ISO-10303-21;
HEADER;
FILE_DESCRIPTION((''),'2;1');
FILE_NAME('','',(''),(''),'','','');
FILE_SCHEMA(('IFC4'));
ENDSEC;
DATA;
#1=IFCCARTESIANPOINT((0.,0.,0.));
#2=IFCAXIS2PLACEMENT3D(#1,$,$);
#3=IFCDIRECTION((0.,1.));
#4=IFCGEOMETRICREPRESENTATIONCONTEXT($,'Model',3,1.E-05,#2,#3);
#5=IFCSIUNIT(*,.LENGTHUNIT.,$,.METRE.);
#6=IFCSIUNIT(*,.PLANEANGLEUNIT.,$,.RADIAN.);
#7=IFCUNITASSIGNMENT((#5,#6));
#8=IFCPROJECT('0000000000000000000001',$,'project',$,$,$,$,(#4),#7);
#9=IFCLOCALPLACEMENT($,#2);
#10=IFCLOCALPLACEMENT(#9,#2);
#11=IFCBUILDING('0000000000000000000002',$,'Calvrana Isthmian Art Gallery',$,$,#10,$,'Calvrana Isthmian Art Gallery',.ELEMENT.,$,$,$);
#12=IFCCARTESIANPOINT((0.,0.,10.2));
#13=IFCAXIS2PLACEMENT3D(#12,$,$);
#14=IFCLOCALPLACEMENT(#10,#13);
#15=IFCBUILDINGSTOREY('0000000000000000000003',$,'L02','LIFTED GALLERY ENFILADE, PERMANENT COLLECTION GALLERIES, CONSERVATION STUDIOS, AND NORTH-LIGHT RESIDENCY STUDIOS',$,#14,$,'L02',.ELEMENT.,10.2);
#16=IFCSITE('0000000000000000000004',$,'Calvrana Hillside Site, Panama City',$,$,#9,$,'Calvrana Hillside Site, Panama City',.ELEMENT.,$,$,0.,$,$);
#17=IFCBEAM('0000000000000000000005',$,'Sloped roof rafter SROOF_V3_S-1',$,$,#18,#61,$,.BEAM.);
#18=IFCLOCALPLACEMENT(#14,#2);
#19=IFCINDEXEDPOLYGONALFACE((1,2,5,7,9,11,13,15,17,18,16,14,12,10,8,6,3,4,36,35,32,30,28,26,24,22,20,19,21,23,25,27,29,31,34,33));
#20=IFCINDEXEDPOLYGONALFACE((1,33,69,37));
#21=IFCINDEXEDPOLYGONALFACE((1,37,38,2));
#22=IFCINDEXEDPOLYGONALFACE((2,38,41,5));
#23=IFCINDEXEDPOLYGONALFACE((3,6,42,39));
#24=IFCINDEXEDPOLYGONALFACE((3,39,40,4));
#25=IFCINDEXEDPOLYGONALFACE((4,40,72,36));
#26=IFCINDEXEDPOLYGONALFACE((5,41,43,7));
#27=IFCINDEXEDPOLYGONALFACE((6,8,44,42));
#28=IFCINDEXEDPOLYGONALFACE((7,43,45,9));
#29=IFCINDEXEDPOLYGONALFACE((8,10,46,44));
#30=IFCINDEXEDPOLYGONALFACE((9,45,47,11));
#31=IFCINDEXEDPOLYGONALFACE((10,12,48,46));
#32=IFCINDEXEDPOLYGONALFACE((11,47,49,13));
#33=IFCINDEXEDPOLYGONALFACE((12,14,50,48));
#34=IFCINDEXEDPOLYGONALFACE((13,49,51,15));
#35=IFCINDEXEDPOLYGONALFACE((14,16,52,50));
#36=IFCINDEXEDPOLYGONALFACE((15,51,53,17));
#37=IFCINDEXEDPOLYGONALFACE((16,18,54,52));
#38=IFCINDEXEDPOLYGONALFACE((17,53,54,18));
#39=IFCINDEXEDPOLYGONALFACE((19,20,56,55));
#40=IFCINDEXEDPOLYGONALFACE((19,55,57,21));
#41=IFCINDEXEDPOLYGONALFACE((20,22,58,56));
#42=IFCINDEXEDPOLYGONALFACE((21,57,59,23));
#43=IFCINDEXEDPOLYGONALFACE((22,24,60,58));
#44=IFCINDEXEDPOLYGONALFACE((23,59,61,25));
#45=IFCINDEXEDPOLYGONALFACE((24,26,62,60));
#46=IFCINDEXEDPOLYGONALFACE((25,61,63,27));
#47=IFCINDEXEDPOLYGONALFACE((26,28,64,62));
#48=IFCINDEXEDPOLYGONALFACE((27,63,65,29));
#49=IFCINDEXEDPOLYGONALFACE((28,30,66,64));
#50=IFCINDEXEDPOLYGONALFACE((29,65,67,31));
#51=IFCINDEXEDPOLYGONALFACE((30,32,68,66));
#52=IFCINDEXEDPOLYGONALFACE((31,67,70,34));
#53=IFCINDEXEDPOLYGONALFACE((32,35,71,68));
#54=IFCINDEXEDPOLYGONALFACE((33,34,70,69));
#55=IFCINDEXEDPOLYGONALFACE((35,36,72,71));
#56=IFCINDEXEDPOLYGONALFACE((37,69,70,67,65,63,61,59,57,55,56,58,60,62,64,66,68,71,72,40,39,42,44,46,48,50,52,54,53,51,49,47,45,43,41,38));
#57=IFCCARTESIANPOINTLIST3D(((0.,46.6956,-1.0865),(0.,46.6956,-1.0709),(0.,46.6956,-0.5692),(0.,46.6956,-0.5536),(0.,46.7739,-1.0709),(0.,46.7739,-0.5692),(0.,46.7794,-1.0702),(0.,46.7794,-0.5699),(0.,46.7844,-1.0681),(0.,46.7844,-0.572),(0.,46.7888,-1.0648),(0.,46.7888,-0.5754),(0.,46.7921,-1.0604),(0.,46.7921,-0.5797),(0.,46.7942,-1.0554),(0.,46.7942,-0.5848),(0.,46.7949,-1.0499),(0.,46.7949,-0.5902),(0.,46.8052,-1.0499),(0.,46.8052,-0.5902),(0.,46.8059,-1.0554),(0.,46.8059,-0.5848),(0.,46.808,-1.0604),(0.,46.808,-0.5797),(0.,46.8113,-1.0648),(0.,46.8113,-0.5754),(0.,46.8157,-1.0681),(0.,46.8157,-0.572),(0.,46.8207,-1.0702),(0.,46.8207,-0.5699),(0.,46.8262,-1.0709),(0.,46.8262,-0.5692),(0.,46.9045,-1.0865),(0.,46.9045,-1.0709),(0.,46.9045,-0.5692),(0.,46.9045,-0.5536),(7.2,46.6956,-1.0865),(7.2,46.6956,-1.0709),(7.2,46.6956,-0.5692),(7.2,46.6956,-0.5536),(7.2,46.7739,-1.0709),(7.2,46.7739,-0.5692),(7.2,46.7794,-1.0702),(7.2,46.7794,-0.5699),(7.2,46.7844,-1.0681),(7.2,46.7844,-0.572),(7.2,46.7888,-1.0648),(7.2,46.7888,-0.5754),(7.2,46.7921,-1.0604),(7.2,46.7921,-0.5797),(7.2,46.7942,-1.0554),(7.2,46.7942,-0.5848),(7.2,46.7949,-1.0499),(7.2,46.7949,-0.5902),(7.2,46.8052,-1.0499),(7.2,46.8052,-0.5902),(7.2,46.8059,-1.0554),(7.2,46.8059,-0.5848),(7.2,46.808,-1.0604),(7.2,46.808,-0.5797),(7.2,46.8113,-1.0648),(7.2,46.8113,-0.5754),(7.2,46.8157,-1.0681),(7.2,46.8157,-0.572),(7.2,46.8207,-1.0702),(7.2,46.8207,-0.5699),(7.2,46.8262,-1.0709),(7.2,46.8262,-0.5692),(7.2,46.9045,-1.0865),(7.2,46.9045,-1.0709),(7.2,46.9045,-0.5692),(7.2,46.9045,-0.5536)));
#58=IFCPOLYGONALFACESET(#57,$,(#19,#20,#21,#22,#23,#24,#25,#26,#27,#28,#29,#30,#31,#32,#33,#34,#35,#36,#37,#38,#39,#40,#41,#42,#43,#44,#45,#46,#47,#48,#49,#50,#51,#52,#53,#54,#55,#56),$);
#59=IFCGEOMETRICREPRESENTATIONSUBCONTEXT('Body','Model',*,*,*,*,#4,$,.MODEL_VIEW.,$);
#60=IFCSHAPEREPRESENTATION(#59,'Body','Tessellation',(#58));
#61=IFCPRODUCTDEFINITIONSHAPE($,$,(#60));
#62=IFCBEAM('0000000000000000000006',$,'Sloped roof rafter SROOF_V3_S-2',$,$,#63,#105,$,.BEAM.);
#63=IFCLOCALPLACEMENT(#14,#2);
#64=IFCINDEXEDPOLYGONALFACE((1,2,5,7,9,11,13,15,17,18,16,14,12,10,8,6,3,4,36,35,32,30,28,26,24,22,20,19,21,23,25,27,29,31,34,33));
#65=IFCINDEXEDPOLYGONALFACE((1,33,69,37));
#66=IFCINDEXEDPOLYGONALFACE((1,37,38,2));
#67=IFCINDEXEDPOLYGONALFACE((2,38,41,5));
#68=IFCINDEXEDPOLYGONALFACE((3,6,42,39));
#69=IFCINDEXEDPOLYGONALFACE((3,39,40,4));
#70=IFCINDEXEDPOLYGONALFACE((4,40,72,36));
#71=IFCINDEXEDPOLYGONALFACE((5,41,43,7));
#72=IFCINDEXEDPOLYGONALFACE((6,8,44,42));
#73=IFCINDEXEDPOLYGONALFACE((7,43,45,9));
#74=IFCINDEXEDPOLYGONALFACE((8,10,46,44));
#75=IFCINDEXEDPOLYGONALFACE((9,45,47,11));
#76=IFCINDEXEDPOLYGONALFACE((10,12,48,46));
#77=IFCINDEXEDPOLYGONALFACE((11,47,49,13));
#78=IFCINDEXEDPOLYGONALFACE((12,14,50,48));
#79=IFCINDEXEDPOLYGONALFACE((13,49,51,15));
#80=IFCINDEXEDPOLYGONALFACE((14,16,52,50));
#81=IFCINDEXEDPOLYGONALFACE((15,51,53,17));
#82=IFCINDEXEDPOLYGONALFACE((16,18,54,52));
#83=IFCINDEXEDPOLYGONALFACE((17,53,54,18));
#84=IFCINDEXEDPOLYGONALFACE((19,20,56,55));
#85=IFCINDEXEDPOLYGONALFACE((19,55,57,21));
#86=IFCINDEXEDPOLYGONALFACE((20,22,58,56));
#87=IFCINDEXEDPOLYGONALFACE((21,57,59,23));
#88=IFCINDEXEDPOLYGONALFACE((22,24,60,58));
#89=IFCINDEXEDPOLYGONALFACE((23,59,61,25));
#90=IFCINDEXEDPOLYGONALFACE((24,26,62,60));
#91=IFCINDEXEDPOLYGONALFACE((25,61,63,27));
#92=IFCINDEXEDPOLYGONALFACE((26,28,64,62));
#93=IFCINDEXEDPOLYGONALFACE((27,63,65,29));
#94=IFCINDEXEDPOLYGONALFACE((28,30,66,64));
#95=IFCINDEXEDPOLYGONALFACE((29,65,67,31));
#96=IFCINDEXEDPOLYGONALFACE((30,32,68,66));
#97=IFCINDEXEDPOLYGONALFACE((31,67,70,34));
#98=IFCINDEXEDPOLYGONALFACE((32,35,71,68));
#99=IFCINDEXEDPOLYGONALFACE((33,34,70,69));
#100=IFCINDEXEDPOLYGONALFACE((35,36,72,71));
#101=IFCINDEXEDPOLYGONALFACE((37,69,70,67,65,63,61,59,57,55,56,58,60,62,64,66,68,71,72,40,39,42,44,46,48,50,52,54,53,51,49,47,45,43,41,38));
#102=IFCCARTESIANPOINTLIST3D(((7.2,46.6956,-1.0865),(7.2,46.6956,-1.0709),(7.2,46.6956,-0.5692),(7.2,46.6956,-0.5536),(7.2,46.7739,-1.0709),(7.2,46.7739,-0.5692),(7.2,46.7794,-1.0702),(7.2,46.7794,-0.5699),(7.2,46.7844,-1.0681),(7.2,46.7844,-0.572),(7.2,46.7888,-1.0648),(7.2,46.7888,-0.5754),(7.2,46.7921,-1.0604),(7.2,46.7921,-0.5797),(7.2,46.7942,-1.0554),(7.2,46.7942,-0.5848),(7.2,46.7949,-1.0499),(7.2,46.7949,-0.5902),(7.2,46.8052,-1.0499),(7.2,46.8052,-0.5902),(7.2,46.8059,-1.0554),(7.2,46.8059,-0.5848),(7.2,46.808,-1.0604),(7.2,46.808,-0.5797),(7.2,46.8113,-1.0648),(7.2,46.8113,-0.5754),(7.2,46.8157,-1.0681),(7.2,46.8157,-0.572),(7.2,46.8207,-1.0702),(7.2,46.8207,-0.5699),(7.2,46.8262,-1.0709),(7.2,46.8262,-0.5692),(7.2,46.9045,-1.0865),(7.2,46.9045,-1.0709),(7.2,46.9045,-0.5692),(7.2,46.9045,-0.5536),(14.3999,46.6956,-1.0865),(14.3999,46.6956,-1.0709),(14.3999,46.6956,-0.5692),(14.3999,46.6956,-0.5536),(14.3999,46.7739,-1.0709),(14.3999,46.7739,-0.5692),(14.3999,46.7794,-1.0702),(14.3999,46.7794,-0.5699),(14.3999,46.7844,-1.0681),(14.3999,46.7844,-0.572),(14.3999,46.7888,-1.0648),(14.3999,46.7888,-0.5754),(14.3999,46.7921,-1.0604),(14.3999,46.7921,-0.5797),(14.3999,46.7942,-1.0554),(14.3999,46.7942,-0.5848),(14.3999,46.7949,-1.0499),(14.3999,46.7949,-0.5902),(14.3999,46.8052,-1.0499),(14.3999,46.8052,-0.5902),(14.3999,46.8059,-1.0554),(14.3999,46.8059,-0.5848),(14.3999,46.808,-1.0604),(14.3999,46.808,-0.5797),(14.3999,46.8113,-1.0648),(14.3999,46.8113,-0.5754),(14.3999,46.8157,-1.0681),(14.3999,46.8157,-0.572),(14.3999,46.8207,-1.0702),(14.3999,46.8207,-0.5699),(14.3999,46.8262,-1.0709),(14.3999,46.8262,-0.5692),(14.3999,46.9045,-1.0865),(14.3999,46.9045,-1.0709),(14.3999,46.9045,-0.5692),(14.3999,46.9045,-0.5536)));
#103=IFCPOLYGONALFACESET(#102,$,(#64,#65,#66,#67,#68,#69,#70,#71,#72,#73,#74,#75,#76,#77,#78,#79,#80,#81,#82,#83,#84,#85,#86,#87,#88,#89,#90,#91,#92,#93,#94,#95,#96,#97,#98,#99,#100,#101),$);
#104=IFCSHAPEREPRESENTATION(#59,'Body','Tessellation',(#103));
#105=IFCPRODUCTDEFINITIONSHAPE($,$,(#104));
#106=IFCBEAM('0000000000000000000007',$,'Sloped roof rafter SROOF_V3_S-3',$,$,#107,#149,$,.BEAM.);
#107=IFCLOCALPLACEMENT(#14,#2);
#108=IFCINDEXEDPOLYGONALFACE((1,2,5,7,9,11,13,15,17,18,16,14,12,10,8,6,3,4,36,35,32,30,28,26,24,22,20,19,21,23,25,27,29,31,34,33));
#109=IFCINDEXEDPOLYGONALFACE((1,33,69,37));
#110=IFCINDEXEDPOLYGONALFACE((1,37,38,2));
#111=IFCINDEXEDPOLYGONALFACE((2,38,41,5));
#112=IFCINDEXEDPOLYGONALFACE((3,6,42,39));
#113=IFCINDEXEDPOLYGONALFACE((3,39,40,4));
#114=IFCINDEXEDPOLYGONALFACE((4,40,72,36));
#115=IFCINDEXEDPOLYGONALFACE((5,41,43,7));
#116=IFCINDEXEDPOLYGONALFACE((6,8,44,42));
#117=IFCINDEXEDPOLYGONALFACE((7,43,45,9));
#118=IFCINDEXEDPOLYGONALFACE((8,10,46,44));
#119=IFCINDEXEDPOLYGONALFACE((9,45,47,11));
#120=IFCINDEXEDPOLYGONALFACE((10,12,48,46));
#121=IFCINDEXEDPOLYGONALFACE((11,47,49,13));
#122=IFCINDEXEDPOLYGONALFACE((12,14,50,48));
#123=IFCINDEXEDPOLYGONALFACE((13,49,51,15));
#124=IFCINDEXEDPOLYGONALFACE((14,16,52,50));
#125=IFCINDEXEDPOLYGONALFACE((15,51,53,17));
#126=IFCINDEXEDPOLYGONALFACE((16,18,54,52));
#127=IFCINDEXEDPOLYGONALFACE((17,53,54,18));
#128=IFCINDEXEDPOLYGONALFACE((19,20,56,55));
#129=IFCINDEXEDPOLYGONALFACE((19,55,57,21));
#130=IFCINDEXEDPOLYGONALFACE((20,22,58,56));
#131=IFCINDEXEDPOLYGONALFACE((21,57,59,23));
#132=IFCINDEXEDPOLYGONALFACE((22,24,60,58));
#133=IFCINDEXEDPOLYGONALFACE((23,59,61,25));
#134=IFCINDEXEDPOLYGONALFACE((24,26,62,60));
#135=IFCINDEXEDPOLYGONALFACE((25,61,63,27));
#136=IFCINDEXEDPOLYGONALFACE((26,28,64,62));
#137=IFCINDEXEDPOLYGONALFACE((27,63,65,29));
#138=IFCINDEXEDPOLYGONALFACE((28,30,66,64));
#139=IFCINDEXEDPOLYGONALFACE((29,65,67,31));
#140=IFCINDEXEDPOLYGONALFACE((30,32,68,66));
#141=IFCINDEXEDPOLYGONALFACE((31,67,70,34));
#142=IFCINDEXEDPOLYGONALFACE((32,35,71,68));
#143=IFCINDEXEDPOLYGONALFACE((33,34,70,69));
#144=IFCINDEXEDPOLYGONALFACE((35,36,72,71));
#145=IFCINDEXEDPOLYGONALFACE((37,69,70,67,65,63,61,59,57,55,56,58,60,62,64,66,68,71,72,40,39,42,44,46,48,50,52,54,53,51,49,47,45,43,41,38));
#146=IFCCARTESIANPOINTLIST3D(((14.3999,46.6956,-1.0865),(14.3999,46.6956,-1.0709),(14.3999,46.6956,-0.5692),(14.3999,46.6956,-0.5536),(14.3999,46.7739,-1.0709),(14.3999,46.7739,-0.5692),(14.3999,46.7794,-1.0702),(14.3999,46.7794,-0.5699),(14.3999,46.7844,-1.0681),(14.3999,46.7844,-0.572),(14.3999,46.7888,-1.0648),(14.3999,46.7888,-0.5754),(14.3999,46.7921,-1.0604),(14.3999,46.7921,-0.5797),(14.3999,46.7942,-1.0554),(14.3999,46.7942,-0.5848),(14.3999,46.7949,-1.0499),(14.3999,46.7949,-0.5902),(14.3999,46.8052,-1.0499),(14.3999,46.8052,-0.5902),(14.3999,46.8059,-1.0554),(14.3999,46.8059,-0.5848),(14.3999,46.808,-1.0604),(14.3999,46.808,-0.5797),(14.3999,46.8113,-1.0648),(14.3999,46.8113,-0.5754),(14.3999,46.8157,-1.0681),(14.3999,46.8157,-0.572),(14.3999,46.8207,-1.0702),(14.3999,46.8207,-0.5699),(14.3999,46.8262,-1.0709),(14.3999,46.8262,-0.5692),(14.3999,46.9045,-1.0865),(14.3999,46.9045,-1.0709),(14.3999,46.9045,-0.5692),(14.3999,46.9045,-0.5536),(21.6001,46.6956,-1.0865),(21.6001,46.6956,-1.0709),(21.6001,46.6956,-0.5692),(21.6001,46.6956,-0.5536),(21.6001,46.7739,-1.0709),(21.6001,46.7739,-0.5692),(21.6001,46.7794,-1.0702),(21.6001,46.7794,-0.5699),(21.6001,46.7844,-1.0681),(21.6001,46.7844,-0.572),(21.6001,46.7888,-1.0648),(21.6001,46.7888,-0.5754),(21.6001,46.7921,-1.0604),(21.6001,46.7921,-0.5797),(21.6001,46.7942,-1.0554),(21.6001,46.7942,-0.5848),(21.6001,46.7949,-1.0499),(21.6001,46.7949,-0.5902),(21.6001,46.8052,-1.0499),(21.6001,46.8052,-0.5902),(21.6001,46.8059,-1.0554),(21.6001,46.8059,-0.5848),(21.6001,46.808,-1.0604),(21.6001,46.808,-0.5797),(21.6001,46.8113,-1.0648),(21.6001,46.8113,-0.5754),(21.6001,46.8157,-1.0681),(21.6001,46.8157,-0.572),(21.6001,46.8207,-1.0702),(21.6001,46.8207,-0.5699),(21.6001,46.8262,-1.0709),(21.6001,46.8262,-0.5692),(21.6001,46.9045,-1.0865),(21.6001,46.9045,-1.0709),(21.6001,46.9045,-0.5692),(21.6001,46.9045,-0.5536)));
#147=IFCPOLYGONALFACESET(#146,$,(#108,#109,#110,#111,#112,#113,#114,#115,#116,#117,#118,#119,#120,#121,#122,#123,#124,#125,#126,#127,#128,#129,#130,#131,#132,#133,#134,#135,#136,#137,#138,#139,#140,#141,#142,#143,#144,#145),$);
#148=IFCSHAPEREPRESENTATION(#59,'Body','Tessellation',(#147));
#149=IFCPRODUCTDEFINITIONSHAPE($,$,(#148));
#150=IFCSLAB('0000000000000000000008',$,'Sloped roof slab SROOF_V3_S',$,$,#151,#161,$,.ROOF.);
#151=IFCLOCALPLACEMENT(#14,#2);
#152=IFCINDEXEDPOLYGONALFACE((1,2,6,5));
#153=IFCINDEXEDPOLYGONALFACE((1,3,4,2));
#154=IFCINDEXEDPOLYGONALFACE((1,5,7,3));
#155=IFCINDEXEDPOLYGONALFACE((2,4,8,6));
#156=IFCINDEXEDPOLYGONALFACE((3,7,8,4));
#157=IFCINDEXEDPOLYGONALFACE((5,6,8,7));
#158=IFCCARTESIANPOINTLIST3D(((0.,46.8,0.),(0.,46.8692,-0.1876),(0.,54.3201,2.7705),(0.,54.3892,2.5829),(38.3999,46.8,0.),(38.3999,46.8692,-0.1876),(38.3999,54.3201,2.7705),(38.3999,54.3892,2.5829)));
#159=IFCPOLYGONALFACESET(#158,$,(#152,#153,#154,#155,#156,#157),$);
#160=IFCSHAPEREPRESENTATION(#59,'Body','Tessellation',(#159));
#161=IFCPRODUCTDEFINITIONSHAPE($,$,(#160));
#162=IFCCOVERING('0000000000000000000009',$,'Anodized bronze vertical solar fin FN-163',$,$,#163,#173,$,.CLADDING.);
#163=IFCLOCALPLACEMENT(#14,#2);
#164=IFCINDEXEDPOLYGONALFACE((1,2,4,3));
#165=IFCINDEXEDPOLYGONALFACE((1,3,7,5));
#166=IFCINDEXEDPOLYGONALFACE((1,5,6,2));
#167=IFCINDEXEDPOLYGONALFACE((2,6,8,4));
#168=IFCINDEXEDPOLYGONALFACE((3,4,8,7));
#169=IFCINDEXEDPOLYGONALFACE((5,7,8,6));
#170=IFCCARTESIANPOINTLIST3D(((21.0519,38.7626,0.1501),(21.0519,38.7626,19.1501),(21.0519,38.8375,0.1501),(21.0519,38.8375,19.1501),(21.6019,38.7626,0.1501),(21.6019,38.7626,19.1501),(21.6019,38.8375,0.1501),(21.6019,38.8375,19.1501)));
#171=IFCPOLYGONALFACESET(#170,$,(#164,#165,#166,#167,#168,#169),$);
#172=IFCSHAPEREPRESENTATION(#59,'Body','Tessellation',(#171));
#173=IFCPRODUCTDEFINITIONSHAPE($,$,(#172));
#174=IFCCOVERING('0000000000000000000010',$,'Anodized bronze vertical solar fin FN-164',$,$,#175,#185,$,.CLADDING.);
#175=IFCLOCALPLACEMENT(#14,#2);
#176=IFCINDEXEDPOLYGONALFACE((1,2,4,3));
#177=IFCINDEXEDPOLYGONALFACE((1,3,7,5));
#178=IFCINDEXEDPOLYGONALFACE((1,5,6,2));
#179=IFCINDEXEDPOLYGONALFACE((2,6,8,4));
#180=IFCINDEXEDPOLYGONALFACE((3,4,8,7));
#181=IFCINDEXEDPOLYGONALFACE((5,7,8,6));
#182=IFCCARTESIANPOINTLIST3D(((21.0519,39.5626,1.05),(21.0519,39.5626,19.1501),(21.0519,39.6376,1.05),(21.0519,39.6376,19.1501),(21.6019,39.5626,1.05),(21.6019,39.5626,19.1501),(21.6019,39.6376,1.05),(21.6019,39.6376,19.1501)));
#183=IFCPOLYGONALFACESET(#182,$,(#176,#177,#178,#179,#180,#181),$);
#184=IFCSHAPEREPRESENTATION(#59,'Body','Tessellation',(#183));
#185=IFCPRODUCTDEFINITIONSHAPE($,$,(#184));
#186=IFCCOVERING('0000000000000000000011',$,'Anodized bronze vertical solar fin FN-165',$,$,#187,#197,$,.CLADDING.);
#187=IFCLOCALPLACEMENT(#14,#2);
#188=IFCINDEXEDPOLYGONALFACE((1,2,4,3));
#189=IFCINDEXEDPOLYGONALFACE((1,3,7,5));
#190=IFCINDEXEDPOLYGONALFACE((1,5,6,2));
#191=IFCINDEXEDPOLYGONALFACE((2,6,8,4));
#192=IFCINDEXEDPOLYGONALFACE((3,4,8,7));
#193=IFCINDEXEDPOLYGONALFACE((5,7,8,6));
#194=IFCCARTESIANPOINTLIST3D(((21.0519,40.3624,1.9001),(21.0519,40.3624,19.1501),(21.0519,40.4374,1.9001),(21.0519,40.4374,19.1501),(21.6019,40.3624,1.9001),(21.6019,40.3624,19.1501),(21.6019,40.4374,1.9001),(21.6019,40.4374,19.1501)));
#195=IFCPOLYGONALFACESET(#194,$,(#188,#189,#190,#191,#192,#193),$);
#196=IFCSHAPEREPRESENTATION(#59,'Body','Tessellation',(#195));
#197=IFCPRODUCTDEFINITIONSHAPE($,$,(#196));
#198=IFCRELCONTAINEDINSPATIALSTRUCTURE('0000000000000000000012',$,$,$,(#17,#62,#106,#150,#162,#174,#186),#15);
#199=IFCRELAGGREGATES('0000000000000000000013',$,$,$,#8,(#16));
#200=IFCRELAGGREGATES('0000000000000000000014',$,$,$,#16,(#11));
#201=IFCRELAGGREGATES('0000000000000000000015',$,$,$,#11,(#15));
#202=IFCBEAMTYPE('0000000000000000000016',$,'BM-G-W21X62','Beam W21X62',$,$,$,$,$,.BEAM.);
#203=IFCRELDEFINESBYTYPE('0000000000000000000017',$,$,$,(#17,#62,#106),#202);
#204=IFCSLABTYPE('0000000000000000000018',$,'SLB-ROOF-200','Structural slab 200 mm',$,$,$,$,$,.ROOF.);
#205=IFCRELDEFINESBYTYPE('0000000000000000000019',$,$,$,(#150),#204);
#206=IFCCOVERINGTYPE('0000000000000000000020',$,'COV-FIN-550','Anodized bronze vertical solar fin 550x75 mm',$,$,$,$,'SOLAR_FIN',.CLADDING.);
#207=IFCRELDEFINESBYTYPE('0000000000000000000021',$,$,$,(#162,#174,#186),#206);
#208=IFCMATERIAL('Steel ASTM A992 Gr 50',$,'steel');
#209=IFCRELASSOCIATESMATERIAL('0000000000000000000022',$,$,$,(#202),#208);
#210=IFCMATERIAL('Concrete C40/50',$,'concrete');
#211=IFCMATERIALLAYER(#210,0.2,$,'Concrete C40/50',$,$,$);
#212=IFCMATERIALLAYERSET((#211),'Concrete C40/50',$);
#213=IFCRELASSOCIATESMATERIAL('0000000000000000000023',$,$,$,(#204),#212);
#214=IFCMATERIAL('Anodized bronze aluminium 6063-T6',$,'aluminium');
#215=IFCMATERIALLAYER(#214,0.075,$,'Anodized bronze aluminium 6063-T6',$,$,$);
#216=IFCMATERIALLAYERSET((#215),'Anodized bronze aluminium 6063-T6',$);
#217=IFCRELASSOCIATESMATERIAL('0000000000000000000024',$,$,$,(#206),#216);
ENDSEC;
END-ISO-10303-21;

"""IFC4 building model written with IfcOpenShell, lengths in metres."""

from ifc_helpers import new_model, si_unit, direction, frame, origin, origin_2d, place, context, subcontext, project, spatial, polyline, rectangle, i_section, outline, extrude, material, layer, layer_set, material_profile, profile_set, type_object, element, save


model = new_model("IFC4")

# Units and contexts
model_context = context("Model", 3, precision=1e-05, world=origin(), true_north=direction((0.0, 1.0)))
body_context = subcontext(model_context, "Body", "Model", "MODEL_VIEW")
ifc_project = project(units=[si_unit("LENGTHUNIT", "METRE"), si_unit("PLANEANGLEUNIT", "RADIAN")], contexts=[model_context])

# Site, building, storey
site_placement = place(None, origin())
site = spatial("IfcSite", under=ifc_project, at=site_placement, Name="Calvrana Hillside Site, Panama City", LongName="Calvrana Hillside Site, Panama City", CompositionType="ELEMENT", RefElevation=0.0)
building_placement = place(site_placement, origin())
building = spatial("IfcBuilding", under=site, at=building_placement, Name="Calvrana Isthmian Art Gallery", LongName="Calvrana Isthmian Art Gallery", CompositionType="ELEMENT")
storey_placement = place(building_placement, frame((0.0, 0.0, 10.2)))
storey = spatial("IfcBuildingStorey", under=building, at=storey_placement, Name="L02", Description="LIFTED GALLERY ENFILADE, PERMANENT COLLECTION GALLERIES, CONSERVATION STUDIOS, AND NORTH-LIGHT RESIDENCY STUDIOS", LongName="L02", CompositionType="ELEMENT", Elevation=10.2)

# Beams
ifc_material_1 = material(Name="Steel ASTM A992 Gr 50", Category="steel")
ifc_material_profile = material_profile(ifc_material_1, i_section(OverallWidth=0.209, OverallDepth=0.533, WebThickness=0.0103, FlangeThickness=0.0156, FilletRadius=0.021, at=origin_2d()), Name="W21X62")
ifc_profile_set = profile_set([ifc_material_profile], Name="Steel ASTM A992 Gr 50")
beam_type = type_object("IfcBeamType", Name="BM-G-W21X62", Description="Beam W21X62", PredefinedType="BEAM", material=ifc_profile_set)
for number, where, z_axis, x_axis, name in (
    (1, (0.0, 46.8, -0.8201), (1.0, 0.0, 0.0), (0.0, 1.0, 0.0), "Sloped roof rafter SROOF_V3_S-1"),
    (2, (7.2, 46.8, -0.8201), (1.0, 0.0, 0.0), (0.0, 1.0, 0.0), "Sloped roof rafter SROOF_V3_S-2"),
):
    element("IfcBeam", number, at=place(storey_placement, frame(where, z_axis=z_axis, x_axis=x_axis)), inside=storey, type_object=beam_type, Name=name, PredefinedType="BEAM", context=body_context, shape_type="SweptSolid", body=[
        extrude(i_section(OverallWidth=0.209, OverallDepth=0.533, WebThickness=0.0103, FlangeThickness=0.0156, FilletRadius=0.021, at=origin_2d()), origin(), (0.0, 0.0, 1.0), 7.2),
    ])
beam_placement = place(storey_placement, frame((14.3999, 46.8, -0.8201), z_axis=(1.0, 0.0, 0.0), x_axis=(0.0, 1.0, 0.0)))
element("IfcBeam", 3, at=beam_placement, inside=storey, type_object=beam_type, Name="Sloped roof rafter SROOF_V3_S-3", PredefinedType="BEAM", context=body_context, shape_type="SweptSolid", body=[
    extrude(i_section(OverallWidth=0.209, OverallDepth=0.533, WebThickness=0.0103, FlangeThickness=0.0156, FilletRadius=0.021, at=origin_2d()), origin(), (0.0, 0.0, 1.0), 7.2002),
])

# Slab
ifc_material_2 = material(Name="Concrete C40/50", Category="concrete")
ifc_layer_1 = layer(ifc_material_2, 0.2, Name="Concrete C40/50")
ifc_layer_set_1 = layer_set([ifc_layer_1], Name="Concrete C40/50")
slab_type = type_object("IfcSlabType", Name="SLB-ROOF-200", Description="Structural slab 200 mm", PredefinedType="ROOF", material=ifc_layer_set_1)
slab_placement = place(storey_placement, frame((0.0, 46.8, 0.0), z_axis=(0.0, -0.345703, 0.938344), x_axis=(1.0, 0.0, 0.0)))
element("IfcSlab", 4, at=slab_placement, inside=storey, type_object=slab_type, Name="Sloped roof slab SROOF_V3_S", PredefinedType="ROOF", context=body_context, shape_type="SweptSolid", body=[
    extrude(outline(polyline([(0.0, 0.0), (38.3999, 0.0), (38.3999, 8.0141), (0.0, 8.0141), (0.0, 0.0)])), origin(), (0.0, 0.0, -1.0), 0.2),
])

# Coverings
ifc_material_3 = material(Name="Anodized bronze aluminium 6063-T6", Category="aluminium")
ifc_layer_2 = layer(ifc_material_3, 0.075, Name="Anodized bronze aluminium 6063-T6")
ifc_layer_set_2 = layer_set([ifc_layer_2], Name="Anodized bronze aluminium 6063-T6")
covering_type_1 = type_object("IfcCoveringType", Name="COV-FIN-550", Description="Anodized bronze vertical solar fin 550x75 mm", ElementType="SOLAR_FIN", PredefinedType="CLADDING", material=ifc_layer_set_2)
covering_1_placement = place(storey_placement, frame((21.3269, 38.8, 0.1501), z_axis=(0.0, 0.0, 1.0), x_axis=(1.0, 0.0, 0.0)))
element("IfcCovering", 5, at=covering_1_placement, inside=storey, type_object=covering_type_1, Name="Anodized bronze vertical solar fin FN-163", PredefinedType="CLADDING", context=body_context, shape_type="SweptSolid", body=[
    extrude(rectangle(XDim=0.55, YDim=0.075, at=origin_2d()), origin(), (0.0, 0.0, 1.0), 19.0),
])
covering_2_placement = place(storey_placement, frame((21.3269, 39.6001, 1.05), z_axis=(0.0, 0.0, 1.0), x_axis=(1.0, 0.0, 0.0)))
element("IfcCovering", 6, at=covering_2_placement, inside=storey, type_object=covering_type_1, Name="Anodized bronze vertical solar fin FN-164", PredefinedType="CLADDING", context=body_context, shape_type="SweptSolid", body=[
    extrude(rectangle(XDim=0.55, YDim=0.075, at=origin_2d()), origin(), (0.0, 0.0, 1.0), 18.1001),
])
covering_3_placement = place(storey_placement, frame((21.3269, 40.3999, 1.9001), z_axis=(0.0, 0.0, 1.0), x_axis=(1.0, 0.0, 0.0)))
element("IfcCovering", 7, at=covering_3_placement, inside=storey, type_object=covering_type_1, Name="Anodized bronze vertical solar fin FN-165", PredefinedType="CLADDING", context=body_context, shape_type="SweptSolid", body=[
    extrude(rectangle(XDim=0.55, YDim=0.075, at=origin_2d()), origin(), (0.0, 0.0, 1.0), 17.25),
])

save(model, "model.ifc")
